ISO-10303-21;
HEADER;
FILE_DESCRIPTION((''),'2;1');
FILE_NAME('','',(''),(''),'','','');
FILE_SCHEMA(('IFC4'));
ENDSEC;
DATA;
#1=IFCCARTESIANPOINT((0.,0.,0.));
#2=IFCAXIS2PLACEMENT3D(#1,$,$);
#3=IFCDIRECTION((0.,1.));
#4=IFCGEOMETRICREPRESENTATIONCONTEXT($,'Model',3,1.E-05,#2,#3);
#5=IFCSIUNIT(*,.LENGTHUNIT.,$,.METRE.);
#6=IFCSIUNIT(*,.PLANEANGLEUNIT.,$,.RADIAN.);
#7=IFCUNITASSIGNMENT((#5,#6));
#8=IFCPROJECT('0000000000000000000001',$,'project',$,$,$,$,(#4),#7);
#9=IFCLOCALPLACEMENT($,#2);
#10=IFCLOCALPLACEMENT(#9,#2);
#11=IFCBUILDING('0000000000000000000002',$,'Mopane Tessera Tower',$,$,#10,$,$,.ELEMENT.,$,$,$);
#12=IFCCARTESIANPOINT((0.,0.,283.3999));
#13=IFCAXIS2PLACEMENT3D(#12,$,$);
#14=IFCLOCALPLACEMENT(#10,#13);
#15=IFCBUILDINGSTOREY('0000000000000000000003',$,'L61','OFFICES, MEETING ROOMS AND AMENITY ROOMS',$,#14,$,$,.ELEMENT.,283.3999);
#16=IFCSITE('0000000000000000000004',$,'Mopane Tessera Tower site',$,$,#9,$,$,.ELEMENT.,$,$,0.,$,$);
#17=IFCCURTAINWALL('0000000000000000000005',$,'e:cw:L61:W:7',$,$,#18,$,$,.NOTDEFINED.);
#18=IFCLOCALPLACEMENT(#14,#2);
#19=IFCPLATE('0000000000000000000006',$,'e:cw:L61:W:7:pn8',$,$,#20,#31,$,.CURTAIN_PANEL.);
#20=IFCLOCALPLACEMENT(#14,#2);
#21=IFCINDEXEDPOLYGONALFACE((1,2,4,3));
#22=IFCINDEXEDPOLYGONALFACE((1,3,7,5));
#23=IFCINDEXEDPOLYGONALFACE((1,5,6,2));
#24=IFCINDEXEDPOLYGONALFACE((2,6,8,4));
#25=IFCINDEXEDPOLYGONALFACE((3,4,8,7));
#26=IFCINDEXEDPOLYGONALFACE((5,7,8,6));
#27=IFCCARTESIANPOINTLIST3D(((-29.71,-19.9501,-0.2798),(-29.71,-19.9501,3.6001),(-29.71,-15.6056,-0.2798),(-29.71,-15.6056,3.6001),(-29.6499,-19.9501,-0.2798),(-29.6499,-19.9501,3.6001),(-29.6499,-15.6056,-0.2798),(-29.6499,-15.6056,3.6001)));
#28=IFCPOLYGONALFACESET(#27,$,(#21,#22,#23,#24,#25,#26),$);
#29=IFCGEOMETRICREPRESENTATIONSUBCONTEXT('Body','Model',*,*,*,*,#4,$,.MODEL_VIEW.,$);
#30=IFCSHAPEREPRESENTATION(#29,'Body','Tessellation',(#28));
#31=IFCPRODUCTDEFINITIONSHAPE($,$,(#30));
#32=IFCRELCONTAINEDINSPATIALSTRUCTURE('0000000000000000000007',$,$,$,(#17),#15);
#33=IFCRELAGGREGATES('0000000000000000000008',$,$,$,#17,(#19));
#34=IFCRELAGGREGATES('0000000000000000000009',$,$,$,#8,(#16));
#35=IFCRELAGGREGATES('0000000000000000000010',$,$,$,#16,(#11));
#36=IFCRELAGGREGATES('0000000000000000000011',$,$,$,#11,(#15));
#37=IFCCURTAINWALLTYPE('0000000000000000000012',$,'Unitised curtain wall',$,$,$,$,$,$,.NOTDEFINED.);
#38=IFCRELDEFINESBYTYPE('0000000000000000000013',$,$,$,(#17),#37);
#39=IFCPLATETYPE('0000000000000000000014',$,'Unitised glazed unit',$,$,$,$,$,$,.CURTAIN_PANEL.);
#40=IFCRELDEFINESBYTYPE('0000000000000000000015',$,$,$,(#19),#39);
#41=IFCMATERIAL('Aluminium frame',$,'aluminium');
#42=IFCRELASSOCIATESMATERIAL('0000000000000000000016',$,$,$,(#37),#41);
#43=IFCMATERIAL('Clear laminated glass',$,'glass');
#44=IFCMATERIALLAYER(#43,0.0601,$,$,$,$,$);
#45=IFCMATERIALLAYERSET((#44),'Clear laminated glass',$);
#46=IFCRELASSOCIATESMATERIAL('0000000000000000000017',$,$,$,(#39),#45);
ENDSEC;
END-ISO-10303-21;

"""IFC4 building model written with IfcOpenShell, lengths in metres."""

from ifc_helpers import new_model, si_unit, direction, frame, origin, origin_2d, place, context, subcontext, project, spatial, rectangle, extrude, material, layer, layer_set, type_object, element, aggregate, save


model = new_model("IFC4")

# Units and contexts
model_context = context("Model", 3, precision=1e-05, world=origin(), true_north=direction((0.0, 1.0)))
body_context = subcontext(model_context, "Body", "Model", "MODEL_VIEW")
ifc_project = project(units=[si_unit("LENGTHUNIT", "METRE"), si_unit("PLANEANGLEUNIT", "RADIAN")], contexts=[model_context])

# Site, building, storey
site_placement = place(None, origin())
site = spatial("IfcSite", under=ifc_project, at=site_placement, Name="Mopane Tessera Tower site", CompositionType="ELEMENT", RefElevation=0.0)
building_placement = place(site_placement, origin())
building = spatial("IfcBuilding", under=site, at=building_placement, Name="Mopane Tessera Tower", CompositionType="ELEMENT")
storey_placement = place(building_placement, frame((0.0, 0.0, 283.3999)))
storey = spatial("IfcBuildingStorey", under=building, at=storey_placement, Name="L61", Description="OFFICES, MEETING ROOMS AND AMENITY ROOMS", CompositionType="ELEMENT", Elevation=283.3999)

# Curtain wall
ifc_material_1 = material(Name="Aluminium frame", Category="aluminium")
curtain_wall_type = type_object("IfcCurtainWallType", Name="Unitised curtain wall", PredefinedType="NOTDEFINED", material=ifc_material_1)
curtain_wall_1_placement = place(storey_placement, origin())
curtain_wall_1 = element("IfcCurtainWall", 1, at=curtain_wall_1_placement, inside=storey, type_object=curtain_wall_type, Name="e:cw:L61:W:7", PredefinedType="NOTDEFINED")

# Plate
ifc_material_2 = material(Name="Clear laminated glass", Category="glass")
ifc_layer = layer(ifc_material_2, 0.0601)
ifc_layer_set = layer_set([ifc_layer], Name="Clear laminated glass")
plate_type = type_object("IfcPlateType", Name="Unitised glazed unit", PredefinedType="CURTAIN_PANEL", material=ifc_layer_set)
plate_1_placement = place(storey_placement, frame((-29.6799, -17.7778, -0.2798), z_axis=(0.0, 0.0, 1.0), x_axis=(0.0, -1.0, 0.0)))
plate_1 = element("IfcPlate", 2, at=plate_1_placement, type_object=plate_type, Name="e:cw:L61:W:7:pn8", PredefinedType="CURTAIN_PANEL", context=body_context, shape_type="SweptSolid", body=[
    extrude(rectangle(XDim=4.3445, YDim=0.0601, at=origin_2d()), origin(), (0.0, 0.0, 1.0), 3.8799),
])
aggregate(curtain_wall_1, [plate_1])

save(model, "model.ifc")
